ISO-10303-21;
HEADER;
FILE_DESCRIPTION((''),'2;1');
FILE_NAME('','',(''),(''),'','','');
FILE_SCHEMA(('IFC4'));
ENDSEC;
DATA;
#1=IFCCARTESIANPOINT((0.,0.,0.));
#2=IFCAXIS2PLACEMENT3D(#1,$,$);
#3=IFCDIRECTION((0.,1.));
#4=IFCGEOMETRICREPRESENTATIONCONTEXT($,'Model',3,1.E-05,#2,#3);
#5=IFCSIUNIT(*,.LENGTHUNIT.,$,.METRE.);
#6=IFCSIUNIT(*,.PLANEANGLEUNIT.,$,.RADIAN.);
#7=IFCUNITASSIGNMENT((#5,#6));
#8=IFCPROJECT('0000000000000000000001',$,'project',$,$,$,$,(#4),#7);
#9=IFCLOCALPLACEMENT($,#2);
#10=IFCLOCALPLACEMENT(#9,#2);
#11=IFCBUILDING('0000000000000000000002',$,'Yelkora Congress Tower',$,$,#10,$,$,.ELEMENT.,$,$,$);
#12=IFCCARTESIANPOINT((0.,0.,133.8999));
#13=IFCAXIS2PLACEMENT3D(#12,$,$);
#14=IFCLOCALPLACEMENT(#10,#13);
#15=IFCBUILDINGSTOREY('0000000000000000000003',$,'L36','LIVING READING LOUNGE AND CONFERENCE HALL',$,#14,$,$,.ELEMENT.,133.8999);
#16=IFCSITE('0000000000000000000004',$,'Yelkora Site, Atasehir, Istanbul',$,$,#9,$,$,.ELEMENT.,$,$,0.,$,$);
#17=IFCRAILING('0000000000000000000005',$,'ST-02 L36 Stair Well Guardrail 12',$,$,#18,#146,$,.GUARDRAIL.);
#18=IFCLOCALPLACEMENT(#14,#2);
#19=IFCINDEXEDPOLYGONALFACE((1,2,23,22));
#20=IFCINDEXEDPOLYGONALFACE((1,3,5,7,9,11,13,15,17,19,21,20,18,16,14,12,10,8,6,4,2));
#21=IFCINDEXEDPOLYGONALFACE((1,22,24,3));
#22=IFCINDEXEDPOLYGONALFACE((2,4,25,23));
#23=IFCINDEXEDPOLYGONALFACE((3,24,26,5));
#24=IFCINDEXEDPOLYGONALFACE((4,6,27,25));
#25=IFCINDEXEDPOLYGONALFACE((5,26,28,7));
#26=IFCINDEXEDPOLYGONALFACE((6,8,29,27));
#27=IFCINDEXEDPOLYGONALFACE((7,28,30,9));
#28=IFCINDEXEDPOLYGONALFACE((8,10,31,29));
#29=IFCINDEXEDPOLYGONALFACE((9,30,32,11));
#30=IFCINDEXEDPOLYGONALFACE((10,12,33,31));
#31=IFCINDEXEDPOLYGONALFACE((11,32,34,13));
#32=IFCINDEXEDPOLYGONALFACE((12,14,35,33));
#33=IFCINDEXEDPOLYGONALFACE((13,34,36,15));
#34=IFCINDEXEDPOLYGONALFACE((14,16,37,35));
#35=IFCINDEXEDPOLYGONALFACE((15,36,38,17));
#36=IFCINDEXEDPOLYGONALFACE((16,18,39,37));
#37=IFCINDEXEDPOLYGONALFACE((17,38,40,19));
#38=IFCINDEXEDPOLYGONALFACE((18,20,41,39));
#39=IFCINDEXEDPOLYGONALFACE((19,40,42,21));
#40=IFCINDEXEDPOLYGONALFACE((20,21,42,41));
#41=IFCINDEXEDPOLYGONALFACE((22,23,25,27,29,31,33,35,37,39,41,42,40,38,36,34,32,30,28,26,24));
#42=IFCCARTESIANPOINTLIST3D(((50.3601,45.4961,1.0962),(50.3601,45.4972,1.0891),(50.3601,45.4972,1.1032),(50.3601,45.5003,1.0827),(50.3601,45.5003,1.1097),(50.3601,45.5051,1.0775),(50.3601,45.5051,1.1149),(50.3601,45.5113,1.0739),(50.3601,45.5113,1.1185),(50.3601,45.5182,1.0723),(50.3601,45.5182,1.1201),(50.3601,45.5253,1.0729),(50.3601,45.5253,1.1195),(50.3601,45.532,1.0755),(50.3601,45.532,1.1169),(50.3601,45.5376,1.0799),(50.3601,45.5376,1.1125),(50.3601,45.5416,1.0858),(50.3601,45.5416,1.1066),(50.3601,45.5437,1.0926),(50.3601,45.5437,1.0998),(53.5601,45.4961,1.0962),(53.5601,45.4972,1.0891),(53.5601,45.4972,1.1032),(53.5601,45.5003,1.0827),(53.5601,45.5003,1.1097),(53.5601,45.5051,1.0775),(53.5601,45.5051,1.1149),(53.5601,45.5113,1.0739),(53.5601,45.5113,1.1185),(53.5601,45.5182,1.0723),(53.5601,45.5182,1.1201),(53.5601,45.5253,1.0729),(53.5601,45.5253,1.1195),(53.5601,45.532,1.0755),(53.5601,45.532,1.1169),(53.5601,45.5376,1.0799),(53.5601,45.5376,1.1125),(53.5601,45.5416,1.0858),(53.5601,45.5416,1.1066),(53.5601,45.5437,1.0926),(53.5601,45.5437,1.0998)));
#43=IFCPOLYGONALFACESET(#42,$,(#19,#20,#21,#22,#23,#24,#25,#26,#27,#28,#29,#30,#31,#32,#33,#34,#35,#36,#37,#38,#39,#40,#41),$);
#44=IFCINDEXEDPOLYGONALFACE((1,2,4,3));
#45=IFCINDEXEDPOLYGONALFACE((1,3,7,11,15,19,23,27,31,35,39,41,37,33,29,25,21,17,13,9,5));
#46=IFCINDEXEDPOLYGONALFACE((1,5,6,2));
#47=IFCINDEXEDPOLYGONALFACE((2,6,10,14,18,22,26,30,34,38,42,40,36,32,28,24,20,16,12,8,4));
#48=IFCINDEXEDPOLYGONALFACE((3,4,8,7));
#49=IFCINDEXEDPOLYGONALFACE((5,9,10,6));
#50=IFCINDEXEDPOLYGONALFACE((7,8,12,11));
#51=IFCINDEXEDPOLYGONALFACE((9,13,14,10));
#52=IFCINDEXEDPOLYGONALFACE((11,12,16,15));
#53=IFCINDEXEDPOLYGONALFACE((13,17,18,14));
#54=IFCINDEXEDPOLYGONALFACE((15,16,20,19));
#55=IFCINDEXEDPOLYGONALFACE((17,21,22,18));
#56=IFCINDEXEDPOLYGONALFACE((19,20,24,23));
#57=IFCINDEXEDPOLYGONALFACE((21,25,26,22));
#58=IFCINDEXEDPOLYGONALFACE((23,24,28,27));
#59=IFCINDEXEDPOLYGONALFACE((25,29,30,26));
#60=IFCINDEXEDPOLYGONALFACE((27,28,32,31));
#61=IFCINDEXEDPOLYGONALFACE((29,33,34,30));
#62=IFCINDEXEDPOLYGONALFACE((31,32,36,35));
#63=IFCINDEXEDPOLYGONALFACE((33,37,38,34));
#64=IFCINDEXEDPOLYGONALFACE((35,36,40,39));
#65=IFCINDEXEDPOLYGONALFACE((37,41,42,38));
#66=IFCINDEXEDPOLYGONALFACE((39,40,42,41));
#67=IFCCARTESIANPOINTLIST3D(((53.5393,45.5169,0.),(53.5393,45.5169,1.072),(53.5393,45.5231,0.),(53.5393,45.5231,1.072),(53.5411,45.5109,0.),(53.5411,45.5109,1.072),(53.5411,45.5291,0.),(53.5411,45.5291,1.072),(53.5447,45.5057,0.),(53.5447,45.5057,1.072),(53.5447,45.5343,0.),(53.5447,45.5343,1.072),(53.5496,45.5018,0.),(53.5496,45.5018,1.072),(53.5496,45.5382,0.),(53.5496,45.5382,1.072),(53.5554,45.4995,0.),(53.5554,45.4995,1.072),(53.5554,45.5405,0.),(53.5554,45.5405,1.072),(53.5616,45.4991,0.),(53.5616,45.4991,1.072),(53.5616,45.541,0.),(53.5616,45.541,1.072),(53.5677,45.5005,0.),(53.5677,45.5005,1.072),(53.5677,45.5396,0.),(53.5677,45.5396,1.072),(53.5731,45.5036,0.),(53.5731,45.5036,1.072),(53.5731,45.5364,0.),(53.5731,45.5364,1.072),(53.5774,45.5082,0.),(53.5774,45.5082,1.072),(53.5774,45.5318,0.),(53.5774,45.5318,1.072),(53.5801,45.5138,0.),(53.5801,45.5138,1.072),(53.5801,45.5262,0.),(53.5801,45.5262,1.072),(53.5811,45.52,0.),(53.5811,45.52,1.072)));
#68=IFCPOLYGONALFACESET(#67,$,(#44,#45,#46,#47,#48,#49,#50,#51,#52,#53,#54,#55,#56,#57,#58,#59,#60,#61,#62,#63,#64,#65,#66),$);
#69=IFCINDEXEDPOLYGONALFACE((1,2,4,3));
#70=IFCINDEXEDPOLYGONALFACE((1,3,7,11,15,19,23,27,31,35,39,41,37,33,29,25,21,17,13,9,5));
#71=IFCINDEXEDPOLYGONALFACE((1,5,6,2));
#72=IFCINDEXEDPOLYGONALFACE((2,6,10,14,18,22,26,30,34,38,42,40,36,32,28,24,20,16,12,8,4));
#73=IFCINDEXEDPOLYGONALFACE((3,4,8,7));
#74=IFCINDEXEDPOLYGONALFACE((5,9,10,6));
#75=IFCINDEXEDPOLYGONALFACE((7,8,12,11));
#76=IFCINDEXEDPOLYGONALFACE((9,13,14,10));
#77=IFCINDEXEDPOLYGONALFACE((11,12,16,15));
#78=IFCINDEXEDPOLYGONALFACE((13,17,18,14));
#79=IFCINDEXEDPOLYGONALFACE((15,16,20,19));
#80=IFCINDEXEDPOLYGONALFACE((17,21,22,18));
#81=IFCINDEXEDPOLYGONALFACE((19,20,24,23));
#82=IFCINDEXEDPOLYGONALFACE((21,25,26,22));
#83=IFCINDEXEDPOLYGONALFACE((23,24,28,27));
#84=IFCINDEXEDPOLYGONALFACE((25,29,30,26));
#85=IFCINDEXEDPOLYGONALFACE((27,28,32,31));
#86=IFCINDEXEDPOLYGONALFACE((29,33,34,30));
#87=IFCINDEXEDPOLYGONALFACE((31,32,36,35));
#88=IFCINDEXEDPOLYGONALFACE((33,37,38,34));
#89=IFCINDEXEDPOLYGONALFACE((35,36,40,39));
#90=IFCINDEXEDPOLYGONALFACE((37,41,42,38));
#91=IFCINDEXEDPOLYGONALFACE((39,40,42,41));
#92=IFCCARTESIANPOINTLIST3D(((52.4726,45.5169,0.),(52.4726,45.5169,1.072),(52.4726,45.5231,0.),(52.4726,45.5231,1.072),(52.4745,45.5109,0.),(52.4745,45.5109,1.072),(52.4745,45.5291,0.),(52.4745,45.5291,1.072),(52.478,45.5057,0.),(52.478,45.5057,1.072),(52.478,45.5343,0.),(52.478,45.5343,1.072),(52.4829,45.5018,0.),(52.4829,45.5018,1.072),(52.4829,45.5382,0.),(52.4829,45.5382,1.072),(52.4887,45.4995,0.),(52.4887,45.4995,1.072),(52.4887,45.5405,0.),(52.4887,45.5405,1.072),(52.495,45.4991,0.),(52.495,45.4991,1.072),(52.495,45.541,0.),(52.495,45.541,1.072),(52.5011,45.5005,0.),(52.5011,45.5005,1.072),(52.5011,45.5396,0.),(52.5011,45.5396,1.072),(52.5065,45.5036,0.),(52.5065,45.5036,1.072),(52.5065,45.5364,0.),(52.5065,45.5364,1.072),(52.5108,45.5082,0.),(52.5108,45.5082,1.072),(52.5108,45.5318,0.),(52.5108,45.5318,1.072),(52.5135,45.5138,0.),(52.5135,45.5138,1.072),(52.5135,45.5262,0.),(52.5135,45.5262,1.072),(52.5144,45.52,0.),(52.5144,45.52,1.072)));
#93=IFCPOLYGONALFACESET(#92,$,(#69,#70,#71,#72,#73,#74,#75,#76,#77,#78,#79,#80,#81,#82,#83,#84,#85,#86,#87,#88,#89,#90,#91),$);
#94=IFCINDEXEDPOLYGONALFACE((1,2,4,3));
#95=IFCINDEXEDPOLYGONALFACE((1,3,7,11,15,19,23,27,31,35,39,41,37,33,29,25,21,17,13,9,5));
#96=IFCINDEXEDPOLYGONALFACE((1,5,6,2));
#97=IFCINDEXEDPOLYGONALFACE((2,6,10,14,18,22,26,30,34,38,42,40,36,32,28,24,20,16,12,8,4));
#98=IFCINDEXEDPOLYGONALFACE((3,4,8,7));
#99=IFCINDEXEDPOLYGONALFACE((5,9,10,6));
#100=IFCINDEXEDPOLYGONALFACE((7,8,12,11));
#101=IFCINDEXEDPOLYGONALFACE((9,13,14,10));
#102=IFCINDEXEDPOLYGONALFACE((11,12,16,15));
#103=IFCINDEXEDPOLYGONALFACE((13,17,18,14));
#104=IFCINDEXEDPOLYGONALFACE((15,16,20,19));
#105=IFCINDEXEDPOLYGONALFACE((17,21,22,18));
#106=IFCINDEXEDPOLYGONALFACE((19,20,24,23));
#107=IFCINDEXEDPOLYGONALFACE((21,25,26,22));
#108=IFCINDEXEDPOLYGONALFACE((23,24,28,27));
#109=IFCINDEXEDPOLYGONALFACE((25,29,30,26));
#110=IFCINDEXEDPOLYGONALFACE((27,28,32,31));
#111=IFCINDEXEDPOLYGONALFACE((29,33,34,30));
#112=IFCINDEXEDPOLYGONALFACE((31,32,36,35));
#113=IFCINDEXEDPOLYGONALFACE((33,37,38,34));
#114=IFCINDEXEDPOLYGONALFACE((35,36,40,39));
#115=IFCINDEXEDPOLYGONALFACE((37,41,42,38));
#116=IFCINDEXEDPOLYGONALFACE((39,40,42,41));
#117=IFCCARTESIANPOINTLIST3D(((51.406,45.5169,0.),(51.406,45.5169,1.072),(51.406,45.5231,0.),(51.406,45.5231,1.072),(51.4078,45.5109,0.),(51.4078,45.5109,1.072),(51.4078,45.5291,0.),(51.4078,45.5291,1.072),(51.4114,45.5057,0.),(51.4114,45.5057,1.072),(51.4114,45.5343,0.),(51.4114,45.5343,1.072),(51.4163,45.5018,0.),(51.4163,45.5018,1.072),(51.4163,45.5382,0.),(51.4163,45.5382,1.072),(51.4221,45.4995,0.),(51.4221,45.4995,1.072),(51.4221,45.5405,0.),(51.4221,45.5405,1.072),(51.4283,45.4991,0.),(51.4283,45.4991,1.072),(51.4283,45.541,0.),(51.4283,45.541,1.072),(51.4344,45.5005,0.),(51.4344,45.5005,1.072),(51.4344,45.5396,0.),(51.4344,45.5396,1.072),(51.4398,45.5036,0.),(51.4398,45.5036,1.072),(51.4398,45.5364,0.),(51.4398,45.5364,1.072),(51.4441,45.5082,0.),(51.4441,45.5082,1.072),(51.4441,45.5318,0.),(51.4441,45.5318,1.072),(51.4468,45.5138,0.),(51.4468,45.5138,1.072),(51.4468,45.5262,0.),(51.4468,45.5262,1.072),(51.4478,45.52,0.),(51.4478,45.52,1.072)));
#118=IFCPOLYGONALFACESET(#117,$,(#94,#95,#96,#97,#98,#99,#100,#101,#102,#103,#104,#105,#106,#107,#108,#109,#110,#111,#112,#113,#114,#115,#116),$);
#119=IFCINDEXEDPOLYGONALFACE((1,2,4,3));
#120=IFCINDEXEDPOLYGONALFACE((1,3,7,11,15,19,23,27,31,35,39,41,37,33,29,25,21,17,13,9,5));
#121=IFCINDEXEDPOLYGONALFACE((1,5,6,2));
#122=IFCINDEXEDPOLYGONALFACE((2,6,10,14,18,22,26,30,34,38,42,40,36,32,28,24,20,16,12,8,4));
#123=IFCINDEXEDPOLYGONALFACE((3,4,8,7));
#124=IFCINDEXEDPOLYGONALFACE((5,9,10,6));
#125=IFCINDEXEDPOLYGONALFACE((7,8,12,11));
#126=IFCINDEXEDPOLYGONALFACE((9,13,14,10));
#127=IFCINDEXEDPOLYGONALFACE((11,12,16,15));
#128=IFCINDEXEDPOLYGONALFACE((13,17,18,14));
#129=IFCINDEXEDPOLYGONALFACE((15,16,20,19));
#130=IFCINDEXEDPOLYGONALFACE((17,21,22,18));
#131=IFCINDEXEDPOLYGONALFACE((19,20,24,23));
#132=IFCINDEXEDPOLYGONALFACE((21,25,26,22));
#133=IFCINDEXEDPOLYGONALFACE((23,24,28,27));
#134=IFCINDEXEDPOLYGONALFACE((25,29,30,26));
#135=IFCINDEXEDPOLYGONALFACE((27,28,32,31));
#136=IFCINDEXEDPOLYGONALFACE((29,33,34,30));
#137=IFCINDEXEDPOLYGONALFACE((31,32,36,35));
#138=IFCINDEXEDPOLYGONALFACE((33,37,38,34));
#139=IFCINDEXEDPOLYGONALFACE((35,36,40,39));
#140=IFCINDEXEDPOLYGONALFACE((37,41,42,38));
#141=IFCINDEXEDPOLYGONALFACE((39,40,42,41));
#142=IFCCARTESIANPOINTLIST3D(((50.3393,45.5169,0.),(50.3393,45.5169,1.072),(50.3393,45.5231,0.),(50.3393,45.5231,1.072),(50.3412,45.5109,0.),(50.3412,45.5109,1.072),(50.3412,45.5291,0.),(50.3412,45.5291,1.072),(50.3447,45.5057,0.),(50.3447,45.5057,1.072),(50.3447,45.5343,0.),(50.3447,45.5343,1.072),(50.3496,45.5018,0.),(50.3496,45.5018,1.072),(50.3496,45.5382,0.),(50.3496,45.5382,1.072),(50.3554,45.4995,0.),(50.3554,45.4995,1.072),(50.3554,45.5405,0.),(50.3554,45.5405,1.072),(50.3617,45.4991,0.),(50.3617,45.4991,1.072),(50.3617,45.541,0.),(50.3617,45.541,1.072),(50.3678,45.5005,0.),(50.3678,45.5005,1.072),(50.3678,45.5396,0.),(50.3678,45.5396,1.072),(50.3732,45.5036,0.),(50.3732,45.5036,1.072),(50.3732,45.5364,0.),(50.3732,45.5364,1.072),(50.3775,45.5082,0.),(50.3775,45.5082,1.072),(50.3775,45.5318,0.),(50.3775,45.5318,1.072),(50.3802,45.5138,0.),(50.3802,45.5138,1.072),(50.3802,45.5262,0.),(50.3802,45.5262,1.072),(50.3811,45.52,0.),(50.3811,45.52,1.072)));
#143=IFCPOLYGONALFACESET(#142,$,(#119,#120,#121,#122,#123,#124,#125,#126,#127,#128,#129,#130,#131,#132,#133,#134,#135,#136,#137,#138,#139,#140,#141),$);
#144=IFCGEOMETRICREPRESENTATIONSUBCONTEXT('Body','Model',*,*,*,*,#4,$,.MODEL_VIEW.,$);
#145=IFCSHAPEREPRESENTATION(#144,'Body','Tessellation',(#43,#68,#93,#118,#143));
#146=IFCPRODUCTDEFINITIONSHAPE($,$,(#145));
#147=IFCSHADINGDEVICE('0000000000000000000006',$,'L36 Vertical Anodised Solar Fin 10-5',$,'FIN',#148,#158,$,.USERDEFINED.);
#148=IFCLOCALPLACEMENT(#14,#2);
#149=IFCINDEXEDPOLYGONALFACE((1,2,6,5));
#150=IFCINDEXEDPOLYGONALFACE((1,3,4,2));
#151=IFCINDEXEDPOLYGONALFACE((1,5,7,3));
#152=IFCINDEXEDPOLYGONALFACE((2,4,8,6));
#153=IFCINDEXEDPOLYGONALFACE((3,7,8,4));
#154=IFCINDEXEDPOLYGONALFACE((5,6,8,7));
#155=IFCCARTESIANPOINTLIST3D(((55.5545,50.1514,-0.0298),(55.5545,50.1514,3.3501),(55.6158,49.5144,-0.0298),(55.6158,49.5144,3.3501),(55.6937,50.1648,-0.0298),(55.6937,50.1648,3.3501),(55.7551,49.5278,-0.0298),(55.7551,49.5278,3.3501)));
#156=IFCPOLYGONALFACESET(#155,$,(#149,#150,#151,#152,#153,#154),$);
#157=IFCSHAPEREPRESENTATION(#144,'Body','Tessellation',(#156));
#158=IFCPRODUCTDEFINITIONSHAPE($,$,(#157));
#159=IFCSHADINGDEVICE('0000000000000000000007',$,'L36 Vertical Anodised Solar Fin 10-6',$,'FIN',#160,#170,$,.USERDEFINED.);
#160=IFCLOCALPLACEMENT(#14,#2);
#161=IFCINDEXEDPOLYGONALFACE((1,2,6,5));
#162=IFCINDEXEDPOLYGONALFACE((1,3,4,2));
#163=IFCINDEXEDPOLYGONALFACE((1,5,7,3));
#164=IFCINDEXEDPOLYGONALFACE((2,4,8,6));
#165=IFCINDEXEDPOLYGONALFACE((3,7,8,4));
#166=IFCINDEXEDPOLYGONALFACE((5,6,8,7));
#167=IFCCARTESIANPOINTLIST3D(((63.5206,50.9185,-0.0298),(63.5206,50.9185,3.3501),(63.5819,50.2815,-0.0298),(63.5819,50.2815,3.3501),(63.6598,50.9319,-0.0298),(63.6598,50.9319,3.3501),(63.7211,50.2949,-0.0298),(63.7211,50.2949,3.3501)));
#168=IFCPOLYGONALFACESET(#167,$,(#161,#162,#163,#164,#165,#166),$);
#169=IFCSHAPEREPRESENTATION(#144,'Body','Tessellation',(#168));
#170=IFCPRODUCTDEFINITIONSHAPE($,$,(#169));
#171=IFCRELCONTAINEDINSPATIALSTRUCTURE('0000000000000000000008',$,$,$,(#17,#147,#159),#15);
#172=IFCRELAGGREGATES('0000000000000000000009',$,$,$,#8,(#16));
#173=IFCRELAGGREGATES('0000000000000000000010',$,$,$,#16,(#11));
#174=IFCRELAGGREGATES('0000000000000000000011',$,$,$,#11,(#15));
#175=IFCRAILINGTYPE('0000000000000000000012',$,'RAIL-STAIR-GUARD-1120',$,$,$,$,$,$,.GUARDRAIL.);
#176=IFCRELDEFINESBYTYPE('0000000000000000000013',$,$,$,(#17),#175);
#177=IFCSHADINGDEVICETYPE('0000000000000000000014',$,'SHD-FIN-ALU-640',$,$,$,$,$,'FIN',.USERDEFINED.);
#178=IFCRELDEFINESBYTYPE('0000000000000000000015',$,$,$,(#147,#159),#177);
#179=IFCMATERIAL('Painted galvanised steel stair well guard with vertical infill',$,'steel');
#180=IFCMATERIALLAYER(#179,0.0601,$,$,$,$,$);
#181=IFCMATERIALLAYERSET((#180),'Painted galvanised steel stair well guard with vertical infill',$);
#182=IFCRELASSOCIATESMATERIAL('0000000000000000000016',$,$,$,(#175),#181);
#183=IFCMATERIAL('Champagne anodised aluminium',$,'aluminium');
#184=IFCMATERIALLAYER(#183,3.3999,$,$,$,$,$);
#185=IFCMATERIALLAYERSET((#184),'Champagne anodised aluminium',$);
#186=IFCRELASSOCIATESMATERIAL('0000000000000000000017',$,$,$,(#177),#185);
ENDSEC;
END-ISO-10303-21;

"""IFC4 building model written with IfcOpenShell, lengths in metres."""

from ifc_helpers import new_model, si_unit, direction, frame, origin, origin_2d, place, context, subcontext, project, spatial, rectangle, circle, extrude, material, layer, layer_set, type_object, element, save


model = new_model("IFC4")

# Units and contexts
model_context = context("Model", 3, precision=1e-05, world=origin(), true_north=direction((0.0, 1.0)))
body_context = subcontext(model_context, "Body", "Model", "MODEL_VIEW")
ifc_project = project(units=[si_unit("LENGTHUNIT", "METRE"), si_unit("PLANEANGLEUNIT", "RADIAN")], contexts=[model_context])

# Site, building, storey
site_placement = place(None, origin())
site = spatial("IfcSite", under=ifc_project, at=site_placement, Name="Yelkora Site, Atasehir, Istanbul", CompositionType="ELEMENT", RefElevation=0.0)
building_placement = place(site_placement, origin())
building = spatial("IfcBuilding", under=site, at=building_placement, Name="Yelkora Congress Tower", CompositionType="ELEMENT")
storey_placement = place(building_placement, frame((0.0, 0.0, 133.8999)))
storey = spatial("IfcBuildingStorey", under=building, at=storey_placement, Name="L36", Description="LIVING READING LOUNGE AND CONFERENCE HALL", CompositionType="ELEMENT", Elevation=133.8999)

# Railing
ifc_material_1 = material(Name="Painted galvanised steel stair well guard with vertical infill", Category="steel")
ifc_layer_1 = layer(ifc_material_1, 0.0601)
ifc_layer_set_1 = layer_set([ifc_layer_1], Name="Painted galvanised steel stair well guard with vertical infill")
railing_type = type_object("IfcRailingType", Name="RAIL-STAIR-GUARD-1120", PredefinedType="GUARDRAIL", material=ifc_layer_set_1)
railing_1_placement = place(storey_placement, frame((53.5601, 45.52, 0.0)))
element("IfcRailing", 1, at=railing_1_placement, inside=storey, type_object=railing_type, Name="ST-02 L36 Stair Well Guardrail 12", PredefinedType="GUARDRAIL", context=body_context, shape_type="SweptSolid", body=[
    extrude(circle(Radius=0.0239, at=origin_2d()), frame((0.0, 0.0, 1.0962), z_axis=(-1.0, 0.0, 0.0), x_axis=(0.0, -1.0, 0.0)), (0.0, 0.0, 1.0), 3.2),
    extrude(circle(Radius=0.021, at=origin_2d()), origin(), (0.0, 0.0, 1.0), 1.072),
    extrude(circle(Radius=0.021, at=origin_2d()), frame((-1.0667, 0.0, 0.0)), (0.0, 0.0, 1.0), 1.072),
    extrude(circle(Radius=0.021, at=origin_2d()), frame((-2.1333, 0.0, 0.0)), (0.0, 0.0, 1.0), 1.072),
    extrude(circle(Radius=0.021, at=origin_2d()), frame((-3.2, 0.0, 0.0)), (0.0, 0.0, 1.0), 1.072),
])

# Shading devices
ifc_material_2 = material(Name="Champagne anodised aluminium", Category="aluminium")
ifc_layer_2 = layer(ifc_material_2, 3.3999)
ifc_layer_set_2 = layer_set([ifc_layer_2], Name="Champagne anodised aluminium")
shading_device_type = type_object("IfcShadingDeviceType", Name="SHD-FIN-ALU-640", ElementType="FIN", PredefinedType="USERDEFINED", material=ifc_layer_set_2)
for number, where, z_axis, x_axis, name in (
    (2, (55.6548, 49.8396, -0.0298), (0.0, 0.0, 1.0), (0.995396, 0.095846, 0.0), "L36 Vertical Anodised Solar Fin 10-5"),
    (3, (63.6208, 50.6067, -0.0298), (0.0, 0.0, 1.0), (0.995396, 0.095846, 0.0), "L36 Vertical Anodised Solar Fin 10-6"),
):
    element("IfcShadingDevice", number, at=place(storey_placement, frame(where, z_axis=z_axis, x_axis=x_axis)), inside=storey, type_object=shading_device_type, Name=name, ObjectType="FIN", PredefinedType="USERDEFINED", context=body_context, shape_type="SweptSolid", body=[
        extrude(rectangle(XDim=0.1399, YDim=0.6399, at=origin_2d()), origin(), (0.0, 0.0, 1.0), 3.3799),
    ])

save(model, "model.ifc")
